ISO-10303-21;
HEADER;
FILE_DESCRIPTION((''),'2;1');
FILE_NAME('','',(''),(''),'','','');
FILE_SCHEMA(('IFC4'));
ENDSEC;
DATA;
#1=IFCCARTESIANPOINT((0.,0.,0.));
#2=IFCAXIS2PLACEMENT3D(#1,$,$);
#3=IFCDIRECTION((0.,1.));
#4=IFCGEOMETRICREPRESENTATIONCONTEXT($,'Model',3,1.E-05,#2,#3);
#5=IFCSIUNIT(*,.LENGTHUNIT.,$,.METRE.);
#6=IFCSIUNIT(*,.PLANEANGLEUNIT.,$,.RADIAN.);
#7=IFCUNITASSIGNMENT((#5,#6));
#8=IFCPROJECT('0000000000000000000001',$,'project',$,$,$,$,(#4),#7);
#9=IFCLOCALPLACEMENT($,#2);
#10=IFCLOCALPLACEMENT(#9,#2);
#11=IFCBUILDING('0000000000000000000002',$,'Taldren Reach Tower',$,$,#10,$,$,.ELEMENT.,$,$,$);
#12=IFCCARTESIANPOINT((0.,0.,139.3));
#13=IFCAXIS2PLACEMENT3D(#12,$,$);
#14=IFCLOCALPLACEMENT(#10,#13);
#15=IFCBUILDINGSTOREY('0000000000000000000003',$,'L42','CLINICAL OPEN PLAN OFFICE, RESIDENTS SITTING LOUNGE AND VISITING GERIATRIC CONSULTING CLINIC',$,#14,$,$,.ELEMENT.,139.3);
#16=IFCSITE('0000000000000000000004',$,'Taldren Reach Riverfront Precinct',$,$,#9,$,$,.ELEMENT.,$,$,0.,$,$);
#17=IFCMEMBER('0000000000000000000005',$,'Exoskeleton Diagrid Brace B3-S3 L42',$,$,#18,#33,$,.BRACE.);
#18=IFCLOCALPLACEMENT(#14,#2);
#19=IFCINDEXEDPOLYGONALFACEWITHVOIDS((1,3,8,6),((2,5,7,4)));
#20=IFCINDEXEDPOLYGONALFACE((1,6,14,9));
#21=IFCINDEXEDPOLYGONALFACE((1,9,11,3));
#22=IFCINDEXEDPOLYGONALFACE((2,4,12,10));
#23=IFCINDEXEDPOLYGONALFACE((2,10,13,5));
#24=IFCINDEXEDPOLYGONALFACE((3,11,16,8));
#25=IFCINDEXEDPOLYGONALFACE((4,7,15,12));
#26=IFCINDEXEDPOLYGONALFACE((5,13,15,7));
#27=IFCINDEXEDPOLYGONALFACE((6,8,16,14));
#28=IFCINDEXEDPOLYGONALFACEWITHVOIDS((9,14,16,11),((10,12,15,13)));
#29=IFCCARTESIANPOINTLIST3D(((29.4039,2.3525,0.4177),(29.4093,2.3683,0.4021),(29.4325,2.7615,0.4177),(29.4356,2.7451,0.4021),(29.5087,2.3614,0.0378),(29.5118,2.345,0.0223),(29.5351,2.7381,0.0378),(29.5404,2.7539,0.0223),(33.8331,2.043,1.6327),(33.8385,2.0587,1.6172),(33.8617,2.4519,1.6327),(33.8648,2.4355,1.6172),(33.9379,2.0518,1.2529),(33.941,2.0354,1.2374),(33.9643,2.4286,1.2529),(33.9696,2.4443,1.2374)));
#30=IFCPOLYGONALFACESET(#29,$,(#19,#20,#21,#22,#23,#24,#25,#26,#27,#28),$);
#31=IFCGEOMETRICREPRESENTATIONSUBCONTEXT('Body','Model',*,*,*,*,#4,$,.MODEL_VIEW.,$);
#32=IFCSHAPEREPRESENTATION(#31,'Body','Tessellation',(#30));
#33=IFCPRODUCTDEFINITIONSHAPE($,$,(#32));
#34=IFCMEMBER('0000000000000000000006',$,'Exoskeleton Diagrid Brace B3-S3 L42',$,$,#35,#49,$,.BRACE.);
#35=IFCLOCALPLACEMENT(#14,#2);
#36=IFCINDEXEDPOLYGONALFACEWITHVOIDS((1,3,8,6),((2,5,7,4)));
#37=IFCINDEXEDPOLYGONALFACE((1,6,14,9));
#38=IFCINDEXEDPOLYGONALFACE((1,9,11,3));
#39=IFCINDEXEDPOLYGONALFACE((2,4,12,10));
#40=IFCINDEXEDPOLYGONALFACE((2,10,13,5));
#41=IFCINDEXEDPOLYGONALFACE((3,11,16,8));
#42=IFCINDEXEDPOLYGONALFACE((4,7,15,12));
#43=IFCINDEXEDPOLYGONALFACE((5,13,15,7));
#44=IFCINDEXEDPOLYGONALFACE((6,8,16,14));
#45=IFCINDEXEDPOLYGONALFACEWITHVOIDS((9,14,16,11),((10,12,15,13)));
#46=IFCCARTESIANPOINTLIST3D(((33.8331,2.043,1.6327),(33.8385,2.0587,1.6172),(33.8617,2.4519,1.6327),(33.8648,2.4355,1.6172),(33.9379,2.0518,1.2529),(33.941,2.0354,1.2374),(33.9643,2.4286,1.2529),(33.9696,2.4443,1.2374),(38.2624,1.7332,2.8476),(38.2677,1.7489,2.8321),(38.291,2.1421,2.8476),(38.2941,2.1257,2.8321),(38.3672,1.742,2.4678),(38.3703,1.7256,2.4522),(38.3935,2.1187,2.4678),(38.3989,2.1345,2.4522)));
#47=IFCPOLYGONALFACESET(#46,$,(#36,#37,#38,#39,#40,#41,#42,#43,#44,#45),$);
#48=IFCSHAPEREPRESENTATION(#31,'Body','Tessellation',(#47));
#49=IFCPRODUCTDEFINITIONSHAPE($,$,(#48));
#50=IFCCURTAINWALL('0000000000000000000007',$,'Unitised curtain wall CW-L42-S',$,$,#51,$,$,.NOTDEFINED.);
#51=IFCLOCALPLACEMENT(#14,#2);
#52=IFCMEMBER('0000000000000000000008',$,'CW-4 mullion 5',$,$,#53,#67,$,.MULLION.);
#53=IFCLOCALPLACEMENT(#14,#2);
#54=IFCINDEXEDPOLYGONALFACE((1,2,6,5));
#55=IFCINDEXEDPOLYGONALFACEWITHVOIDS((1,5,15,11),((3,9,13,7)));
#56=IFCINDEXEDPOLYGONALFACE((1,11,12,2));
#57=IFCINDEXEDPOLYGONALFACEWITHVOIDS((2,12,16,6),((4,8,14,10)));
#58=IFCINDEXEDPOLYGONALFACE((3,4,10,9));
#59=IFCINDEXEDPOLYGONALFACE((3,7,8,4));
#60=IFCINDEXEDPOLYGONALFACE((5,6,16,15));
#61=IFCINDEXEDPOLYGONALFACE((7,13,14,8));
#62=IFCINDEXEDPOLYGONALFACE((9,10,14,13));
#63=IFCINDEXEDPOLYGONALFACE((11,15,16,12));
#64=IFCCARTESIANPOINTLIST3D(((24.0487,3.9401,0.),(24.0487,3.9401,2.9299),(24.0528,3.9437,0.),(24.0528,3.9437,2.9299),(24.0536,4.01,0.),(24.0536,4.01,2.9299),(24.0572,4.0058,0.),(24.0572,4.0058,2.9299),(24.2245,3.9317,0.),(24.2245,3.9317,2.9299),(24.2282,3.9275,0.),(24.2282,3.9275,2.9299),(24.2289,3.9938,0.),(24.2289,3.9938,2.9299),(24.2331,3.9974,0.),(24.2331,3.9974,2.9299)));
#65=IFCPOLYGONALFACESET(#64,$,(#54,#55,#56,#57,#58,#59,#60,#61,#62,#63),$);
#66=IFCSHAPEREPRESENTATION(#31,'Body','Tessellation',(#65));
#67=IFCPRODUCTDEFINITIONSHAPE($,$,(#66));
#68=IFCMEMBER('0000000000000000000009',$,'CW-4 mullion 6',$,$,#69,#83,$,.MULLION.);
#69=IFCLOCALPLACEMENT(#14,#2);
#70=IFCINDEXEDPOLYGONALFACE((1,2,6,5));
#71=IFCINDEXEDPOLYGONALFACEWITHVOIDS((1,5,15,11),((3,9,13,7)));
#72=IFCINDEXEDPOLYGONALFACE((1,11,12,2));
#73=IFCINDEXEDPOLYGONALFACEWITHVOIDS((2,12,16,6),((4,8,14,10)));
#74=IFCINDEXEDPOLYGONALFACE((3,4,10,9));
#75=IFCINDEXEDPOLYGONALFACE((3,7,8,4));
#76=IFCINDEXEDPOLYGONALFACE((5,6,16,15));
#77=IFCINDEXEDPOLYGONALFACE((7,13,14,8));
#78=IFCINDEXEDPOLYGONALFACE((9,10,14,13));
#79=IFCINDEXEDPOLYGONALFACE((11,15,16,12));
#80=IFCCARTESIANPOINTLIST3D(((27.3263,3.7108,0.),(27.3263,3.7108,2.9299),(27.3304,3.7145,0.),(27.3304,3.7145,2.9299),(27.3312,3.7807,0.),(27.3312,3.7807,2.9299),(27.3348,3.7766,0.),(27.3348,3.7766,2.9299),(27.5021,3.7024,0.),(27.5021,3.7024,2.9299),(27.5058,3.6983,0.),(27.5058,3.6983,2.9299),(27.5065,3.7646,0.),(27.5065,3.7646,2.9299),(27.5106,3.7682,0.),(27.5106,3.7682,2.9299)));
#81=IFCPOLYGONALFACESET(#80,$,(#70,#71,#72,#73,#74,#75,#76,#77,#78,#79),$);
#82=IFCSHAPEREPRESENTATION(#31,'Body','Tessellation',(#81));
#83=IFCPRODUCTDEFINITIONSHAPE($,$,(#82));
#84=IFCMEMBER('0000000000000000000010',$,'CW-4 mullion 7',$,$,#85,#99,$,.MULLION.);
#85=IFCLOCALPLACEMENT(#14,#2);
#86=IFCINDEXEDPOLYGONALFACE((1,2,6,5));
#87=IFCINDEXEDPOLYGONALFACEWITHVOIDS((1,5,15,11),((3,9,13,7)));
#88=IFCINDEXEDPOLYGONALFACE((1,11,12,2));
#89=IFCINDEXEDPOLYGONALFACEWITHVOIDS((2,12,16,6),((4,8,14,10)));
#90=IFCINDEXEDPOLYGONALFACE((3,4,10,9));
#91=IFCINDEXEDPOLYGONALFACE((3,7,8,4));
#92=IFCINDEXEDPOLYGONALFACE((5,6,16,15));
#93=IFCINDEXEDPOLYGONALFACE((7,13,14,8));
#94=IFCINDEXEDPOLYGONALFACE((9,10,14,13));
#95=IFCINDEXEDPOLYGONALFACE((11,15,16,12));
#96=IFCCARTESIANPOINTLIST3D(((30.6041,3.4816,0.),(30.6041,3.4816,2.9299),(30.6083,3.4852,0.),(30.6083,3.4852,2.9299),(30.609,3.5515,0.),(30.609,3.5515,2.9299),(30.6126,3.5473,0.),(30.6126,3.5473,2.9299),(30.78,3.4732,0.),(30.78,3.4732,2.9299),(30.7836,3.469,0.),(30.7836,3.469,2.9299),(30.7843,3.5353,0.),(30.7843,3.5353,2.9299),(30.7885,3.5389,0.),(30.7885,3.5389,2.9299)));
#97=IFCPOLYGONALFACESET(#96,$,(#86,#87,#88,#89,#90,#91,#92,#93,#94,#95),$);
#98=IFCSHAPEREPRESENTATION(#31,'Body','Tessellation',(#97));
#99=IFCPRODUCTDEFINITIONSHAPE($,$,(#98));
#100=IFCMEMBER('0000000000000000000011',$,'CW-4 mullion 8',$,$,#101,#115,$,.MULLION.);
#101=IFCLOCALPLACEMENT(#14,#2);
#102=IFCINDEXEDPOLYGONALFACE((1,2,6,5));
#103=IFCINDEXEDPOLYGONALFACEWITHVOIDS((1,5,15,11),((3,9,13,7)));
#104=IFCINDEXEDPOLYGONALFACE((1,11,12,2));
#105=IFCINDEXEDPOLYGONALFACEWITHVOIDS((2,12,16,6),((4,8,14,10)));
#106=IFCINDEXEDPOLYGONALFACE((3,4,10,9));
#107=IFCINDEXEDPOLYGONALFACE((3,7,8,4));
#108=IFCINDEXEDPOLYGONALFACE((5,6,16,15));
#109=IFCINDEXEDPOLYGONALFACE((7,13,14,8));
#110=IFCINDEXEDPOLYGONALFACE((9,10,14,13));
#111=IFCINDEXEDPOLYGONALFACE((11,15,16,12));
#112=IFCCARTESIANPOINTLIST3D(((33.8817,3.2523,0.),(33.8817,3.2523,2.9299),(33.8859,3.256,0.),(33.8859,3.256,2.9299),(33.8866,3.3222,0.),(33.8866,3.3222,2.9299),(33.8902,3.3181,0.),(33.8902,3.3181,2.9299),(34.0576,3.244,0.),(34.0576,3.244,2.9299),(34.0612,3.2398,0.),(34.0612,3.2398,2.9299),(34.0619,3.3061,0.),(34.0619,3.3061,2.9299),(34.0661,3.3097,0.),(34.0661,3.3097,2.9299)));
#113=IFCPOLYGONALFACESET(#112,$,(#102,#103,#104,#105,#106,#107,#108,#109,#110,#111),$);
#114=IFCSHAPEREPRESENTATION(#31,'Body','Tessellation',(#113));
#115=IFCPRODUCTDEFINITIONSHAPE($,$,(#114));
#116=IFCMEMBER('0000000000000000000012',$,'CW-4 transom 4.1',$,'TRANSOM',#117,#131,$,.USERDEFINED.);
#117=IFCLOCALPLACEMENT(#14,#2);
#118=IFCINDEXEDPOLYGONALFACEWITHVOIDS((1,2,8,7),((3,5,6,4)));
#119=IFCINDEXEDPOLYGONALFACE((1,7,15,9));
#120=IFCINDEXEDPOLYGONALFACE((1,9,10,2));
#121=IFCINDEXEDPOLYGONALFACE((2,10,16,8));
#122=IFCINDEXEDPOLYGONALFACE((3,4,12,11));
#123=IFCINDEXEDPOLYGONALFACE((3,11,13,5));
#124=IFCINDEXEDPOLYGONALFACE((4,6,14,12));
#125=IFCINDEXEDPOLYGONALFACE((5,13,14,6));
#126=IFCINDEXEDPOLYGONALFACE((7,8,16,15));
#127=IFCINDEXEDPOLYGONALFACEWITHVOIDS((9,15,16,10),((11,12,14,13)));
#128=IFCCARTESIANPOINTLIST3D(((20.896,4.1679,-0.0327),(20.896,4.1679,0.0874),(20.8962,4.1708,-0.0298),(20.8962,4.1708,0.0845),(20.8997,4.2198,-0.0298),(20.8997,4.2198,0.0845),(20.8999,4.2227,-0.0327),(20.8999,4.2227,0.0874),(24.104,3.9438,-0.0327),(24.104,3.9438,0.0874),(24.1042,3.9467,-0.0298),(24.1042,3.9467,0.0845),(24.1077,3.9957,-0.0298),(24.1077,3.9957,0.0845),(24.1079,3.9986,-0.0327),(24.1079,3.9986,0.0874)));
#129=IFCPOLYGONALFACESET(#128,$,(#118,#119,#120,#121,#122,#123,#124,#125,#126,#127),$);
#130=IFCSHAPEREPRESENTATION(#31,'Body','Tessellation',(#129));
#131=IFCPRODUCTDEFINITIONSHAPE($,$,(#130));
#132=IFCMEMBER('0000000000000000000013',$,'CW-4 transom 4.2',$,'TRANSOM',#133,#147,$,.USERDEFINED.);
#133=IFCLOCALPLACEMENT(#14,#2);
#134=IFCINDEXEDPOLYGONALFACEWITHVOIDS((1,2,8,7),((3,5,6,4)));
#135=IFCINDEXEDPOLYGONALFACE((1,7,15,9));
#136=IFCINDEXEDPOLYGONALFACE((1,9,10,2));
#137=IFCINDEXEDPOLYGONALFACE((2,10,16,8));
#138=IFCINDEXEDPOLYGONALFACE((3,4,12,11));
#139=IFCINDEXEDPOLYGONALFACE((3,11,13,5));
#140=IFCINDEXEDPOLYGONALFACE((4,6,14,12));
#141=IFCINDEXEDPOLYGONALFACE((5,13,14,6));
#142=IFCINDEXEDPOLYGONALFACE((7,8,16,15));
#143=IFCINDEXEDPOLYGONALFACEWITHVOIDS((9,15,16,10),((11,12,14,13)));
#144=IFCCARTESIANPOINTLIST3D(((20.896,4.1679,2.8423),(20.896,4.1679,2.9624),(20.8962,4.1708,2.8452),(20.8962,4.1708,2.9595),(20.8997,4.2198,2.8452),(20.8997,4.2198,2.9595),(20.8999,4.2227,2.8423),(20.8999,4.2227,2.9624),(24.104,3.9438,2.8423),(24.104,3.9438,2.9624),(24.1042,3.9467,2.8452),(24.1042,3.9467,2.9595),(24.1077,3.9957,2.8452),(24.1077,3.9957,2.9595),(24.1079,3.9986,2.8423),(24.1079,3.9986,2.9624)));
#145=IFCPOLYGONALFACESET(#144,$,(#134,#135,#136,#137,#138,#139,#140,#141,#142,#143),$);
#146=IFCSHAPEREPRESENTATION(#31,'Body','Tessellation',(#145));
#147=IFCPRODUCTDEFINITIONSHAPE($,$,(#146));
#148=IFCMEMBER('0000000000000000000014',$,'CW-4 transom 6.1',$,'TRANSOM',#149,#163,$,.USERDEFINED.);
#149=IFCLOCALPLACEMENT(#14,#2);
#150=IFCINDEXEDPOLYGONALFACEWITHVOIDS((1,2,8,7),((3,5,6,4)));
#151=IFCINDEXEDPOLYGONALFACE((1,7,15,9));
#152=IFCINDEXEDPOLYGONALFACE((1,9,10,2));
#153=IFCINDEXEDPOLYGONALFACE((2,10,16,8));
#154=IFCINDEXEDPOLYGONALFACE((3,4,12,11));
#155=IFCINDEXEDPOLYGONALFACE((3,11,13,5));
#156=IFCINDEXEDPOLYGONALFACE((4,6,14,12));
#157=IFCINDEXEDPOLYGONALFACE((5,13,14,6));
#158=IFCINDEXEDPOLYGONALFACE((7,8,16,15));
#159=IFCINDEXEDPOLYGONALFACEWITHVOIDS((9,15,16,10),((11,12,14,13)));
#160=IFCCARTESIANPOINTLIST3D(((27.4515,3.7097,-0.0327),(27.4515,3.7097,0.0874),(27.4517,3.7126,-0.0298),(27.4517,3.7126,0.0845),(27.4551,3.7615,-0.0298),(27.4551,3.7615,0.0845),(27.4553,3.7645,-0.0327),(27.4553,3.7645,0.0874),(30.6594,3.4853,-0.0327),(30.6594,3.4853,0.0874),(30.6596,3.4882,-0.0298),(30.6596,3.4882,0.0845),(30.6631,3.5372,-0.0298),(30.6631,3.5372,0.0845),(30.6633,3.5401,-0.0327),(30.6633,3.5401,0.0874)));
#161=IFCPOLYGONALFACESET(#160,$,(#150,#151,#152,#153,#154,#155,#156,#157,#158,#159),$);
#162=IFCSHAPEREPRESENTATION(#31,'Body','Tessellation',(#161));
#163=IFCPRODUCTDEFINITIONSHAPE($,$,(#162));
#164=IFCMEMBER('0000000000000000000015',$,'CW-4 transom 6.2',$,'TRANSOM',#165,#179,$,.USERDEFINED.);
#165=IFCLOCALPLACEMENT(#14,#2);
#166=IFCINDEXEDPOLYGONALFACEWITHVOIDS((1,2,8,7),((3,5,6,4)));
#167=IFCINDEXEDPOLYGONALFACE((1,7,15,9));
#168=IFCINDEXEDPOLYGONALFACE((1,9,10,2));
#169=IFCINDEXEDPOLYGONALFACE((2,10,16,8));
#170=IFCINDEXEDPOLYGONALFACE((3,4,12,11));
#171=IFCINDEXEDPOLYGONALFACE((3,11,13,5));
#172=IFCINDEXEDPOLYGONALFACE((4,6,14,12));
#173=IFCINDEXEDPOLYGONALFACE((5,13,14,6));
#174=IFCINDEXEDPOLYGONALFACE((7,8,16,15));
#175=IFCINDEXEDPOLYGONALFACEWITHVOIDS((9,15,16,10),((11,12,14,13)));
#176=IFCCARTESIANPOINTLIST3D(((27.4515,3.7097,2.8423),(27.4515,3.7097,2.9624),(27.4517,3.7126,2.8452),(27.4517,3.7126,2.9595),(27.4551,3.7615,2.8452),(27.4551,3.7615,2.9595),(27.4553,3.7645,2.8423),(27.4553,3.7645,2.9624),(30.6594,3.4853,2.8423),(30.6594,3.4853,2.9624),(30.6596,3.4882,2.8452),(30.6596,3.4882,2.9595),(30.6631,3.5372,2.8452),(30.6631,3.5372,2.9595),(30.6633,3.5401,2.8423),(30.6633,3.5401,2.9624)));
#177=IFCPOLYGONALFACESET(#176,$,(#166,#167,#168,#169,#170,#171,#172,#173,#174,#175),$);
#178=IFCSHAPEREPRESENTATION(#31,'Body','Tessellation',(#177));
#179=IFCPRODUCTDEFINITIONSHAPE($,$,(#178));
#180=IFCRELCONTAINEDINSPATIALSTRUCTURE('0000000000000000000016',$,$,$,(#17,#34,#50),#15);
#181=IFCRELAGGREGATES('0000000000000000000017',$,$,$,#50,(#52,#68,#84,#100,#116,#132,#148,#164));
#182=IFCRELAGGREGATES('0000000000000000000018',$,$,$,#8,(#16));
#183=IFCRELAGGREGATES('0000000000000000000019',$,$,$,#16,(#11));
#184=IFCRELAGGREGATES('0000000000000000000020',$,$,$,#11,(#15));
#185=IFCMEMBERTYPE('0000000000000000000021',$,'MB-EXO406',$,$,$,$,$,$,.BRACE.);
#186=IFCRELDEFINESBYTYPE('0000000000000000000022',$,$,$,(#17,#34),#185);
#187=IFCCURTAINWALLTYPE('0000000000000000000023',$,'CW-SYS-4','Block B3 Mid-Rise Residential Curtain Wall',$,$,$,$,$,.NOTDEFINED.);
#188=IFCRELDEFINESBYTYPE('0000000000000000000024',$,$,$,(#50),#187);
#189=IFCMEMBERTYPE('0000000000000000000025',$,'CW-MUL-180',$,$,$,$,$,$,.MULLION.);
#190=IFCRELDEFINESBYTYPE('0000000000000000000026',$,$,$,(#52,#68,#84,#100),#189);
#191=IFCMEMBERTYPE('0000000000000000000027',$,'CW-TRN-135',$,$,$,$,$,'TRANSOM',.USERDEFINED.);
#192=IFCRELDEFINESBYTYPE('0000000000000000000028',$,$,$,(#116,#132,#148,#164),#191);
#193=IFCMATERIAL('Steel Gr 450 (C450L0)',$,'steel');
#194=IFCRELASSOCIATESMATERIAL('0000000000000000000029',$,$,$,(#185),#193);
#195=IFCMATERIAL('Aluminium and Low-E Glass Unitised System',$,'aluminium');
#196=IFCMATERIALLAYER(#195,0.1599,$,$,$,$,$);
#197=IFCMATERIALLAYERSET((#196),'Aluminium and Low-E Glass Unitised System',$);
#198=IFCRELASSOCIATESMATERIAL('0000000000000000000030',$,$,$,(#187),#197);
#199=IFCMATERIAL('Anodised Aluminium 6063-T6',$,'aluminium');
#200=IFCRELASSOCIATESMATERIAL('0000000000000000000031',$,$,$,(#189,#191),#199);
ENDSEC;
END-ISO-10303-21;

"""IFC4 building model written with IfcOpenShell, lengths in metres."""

from ifc_helpers import new_model, si_unit, direction, frame, origin, origin_2d, place, context, subcontext, project, spatial, hollow_rectangle, extrude, source, transform, mapped, material, layer, layer_set, material_profile, profile_set, type_object, element, aggregate, save


model = new_model("IFC4")

# Units and contexts
model_context = context("Model", 3, precision=1e-05, world=origin(), true_north=direction((0.0, 1.0)))
body_context = subcontext(model_context, "Body", "Model", "MODEL_VIEW")
ifc_project = project(units=[si_unit("LENGTHUNIT", "METRE"), si_unit("PLANEANGLEUNIT", "RADIAN")], contexts=[model_context])

# Site, building, storey
site_placement = place(None, origin())
site = spatial("IfcSite", under=ifc_project, at=site_placement, Name="Taldren Reach Riverfront Precinct", CompositionType="ELEMENT", RefElevation=0.0)
building_placement = place(site_placement, origin())
building = spatial("IfcBuilding", under=site, at=building_placement, Name="Taldren Reach Tower", CompositionType="ELEMENT")
storey_placement = place(building_placement, frame((0.0, 0.0, 139.3)))
storey = spatial("IfcBuildingStorey", under=building, at=storey_placement, Name="L42", Description="CLINICAL OPEN PLAN OFFICE, RESIDENTS SITTING LOUNGE AND VISITING GERIATRIC CONSULTING CLINIC", CompositionType="ELEMENT", Elevation=139.3)

# Shared definitions
ifc_material_1 = material(Name="Steel Gr 450 (C450L0)", Category="steel")

# Members
ifc_material_profile_1 = material_profile(ifc_material_1, hollow_rectangle(XDim=0.4099, YDim=0.4099, WallThickness=0.0161, at=origin_2d()), Name="410x410x16.0SHS")
ifc_profile_set_1 = profile_set([ifc_material_profile_1], Name="Steel Gr 450 (C450L0)")
member_type_1 = type_object("IfcMemberType", Name="MB-EXO406", PredefinedType="BRACE", material=ifc_profile_set_1)
shared_shape_1 = source(origin(), body_context, "Body", "SweptSolid", [
    extrude(hollow_rectangle(XDim=0.4099, YDim=0.4099, WallThickness=0.0161, at=origin_2d()), origin(), (0.0, 0.0, 1.0), 4.6033),
])
for number, where, z_axis, x_axis, name in (
    (1, (29.4722, 2.5532, 0.22), (0.962186, -0.06725, 0.263962), (0.069723, 0.997566, 0.0), "Exoskeleton Diagrid Brace B3-S3 L42"),
    (2, (33.9014, 2.2437, 1.4351), (0.962196, -0.067304, 0.263912), (0.069778, 0.997563, 0.0), "Exoskeleton Diagrid Brace B3-S3 L42"),
):
    element("IfcMember", number, at=place(storey_placement, frame(where, z_axis=z_axis, x_axis=x_axis)), inside=storey, type_object=member_type_1, Name=name, PredefinedType="BRACE", context=body_context, shape_type="MappedRepresentation", body=[
        mapped(shared_shape_1, transform((0.0, 0.0, 0.0), scale=1.0)),
    ])

# Curtain wall, members
ifc_material_2 = material(Name="Aluminium and Low-E Glass Unitised System", Category="aluminium")
ifc_layer_1 = layer(ifc_material_2, 0.1599)
ifc_layer_set_1 = layer_set([ifc_layer_1], Name="Aluminium and Low-E Glass Unitised System")
curtain_wall_type = type_object("IfcCurtainWallType", Name="CW-SYS-4", Description="Block B3 Mid-Rise Residential Curtain Wall", PredefinedType="NOTDEFINED", material=ifc_layer_set_1)
curtain_wall_placement = place(storey_placement, origin())
curtain_wall = element("IfcCurtainWall", 3, at=curtain_wall_placement, inside=storey, type_object=curtain_wall_type, Name="Unitised curtain wall CW-L42-S", PredefinedType="NOTDEFINED")
ifc_material_3 = material(Name="Anodised Aluminium 6063-T6", Category="aluminium")
ifc_material_profile_2 = material_profile(ifc_material_3, hollow_rectangle(XDim=0.0701, YDim=0.1799, WallThickness=0.0039, at=origin_2d()), Name="ALU-180x70x4RHS")
ifc_profile_set_2 = profile_set([ifc_material_profile_2], Name="Anodised Aluminium 6063-T6")
member_type_2 = type_object("IfcMemberType", Name="CW-MUL-180", PredefinedType="MULLION", material=ifc_profile_set_2)
shared_shape_2 = source(origin(), body_context, "Body", "SweptSolid", [
    extrude(hollow_rectangle(XDim=0.0701, YDim=0.1799, WallThickness=0.0039, at=origin_2d()), origin(), (0.0, 0.0, 1.0), 2.9299),
])
member_1_placement = place(storey_placement, frame((24.1409, 3.9688, 0.0), z_axis=(0.0, 0.0, 1.0), x_axis=(0.069757, 0.997564, 0.0)))
member_1 = element("IfcMember", 4, at=member_1_placement, type_object=member_type_2, Name="CW-4 mullion 5", PredefinedType="MULLION", context=body_context, shape_type="MappedRepresentation", body=[
    mapped(shared_shape_2, transform((0.0, 0.0, 0.0), scale=1.0)),
])
member_2_placement = place(storey_placement, frame((27.4185, 3.7395, 0.0), z_axis=(0.0, 0.0, 1.0), x_axis=(0.069757, 0.997564, 0.0)))
member_2 = element("IfcMember", 5, at=member_2_placement, type_object=member_type_2, Name="CW-4 mullion 6", PredefinedType="MULLION", context=body_context, shape_type="MappedRepresentation", body=[
    mapped(shared_shape_2, transform((0.0, 0.0, 0.0), scale=1.0)),
])
member_3_placement = place(storey_placement, frame((30.6963, 3.5103, 0.0), z_axis=(0.0, 0.0, 1.0), x_axis=(0.069757, 0.997564, 0.0)))
member_3 = element("IfcMember", 6, at=member_3_placement, type_object=member_type_2, Name="CW-4 mullion 7", PredefinedType="MULLION", context=body_context, shape_type="MappedRepresentation", body=[
    mapped(shared_shape_2, transform((0.0, 0.0, 0.0), scale=1.0)),
])
member_4_placement = place(storey_placement, frame((33.9739, 3.281, 0.0), z_axis=(0.0, 0.0, 1.0), x_axis=(0.069757, 0.997564, 0.0)))
member_4 = element("IfcMember", 7, at=member_4_placement, type_object=member_type_2, Name="CW-4 mullion 8", PredefinedType="MULLION", context=body_context, shape_type="MappedRepresentation", body=[
    mapped(shared_shape_2, transform((0.0, 0.0, 0.0), scale=1.0)),
])
ifc_material_profile_3 = material_profile(ifc_material_3, hollow_rectangle(XDim=0.0549, YDim=0.1201, WallThickness=0.0029, at=origin_2d()), Name="ALU-120x55x3RHS")
ifc_profile_set_3 = profile_set([ifc_material_profile_3], Name="Anodised Aluminium 6063-T6")
member_type_3 = type_object("IfcMemberType", Name="CW-TRN-135", ElementType="TRANSOM", PredefinedType="USERDEFINED", material=ifc_profile_set_3)
shared_shape_3 = source(origin(), body_context, "Body", "SweptSolid", [
    extrude(hollow_rectangle(XDim=0.0549, YDim=0.1201, WallThickness=0.0029, at=origin_2d()), origin(), (0.0, 0.0, 1.0), 3.2158),
])
member_5_placement = place(storey_placement, frame((20.8979, 4.1953, 0.0273), z_axis=(0.997568, -0.069693, 0.0), x_axis=(0.069693, 0.997568, 0.0)))
member_5 = element("IfcMember", 8, at=member_5_placement, type_object=member_type_3, Name="CW-4 transom 4.1", ObjectType="TRANSOM", PredefinedType="USERDEFINED", context=body_context, shape_type="MappedRepresentation", body=[
    mapped(shared_shape_3, transform((0.0, 0.0, 0.0), scale=1.0)),
])
member_6_placement = place(storey_placement, frame((20.8979, 4.1953, 2.9023), z_axis=(0.997568, -0.069693, 0.0), x_axis=(0.069693, 0.997568, 0.0)))
member_6 = element("IfcMember", 9, at=member_6_placement, type_object=member_type_3, Name="CW-4 transom 4.2", ObjectType="TRANSOM", PredefinedType="USERDEFINED", context=body_context, shape_type="MappedRepresentation", body=[
    mapped(shared_shape_3, transform((0.0, 0.0, 0.0), scale=1.0)),
])
member_7_placement = place(storey_placement, frame((27.4534, 3.7371, 0.0273), z_axis=(0.997563, -0.069769, 0.0), x_axis=(0.069769, 0.997563, 0.0)))
member_7 = element("IfcMember", 10, at=member_7_placement, type_object=member_type_3, Name="CW-4 transom 6.1", ObjectType="TRANSOM", PredefinedType="USERDEFINED", context=body_context, shape_type="MappedRepresentation", body=[
    mapped(shared_shape_3, transform((0.0, 0.0, 0.0), scale=1.0)),
])
member_8_placement = place(storey_placement, frame((27.4534, 3.7371, 2.9023), z_axis=(0.997563, -0.069769, 0.0), x_axis=(0.069769, 0.997563, 0.0)))
member_8 = element("IfcMember", 11, at=member_8_placement, type_object=member_type_3, Name="CW-4 transom 6.2", ObjectType="TRANSOM", PredefinedType="USERDEFINED", context=body_context, shape_type="MappedRepresentation", body=[
    mapped(shared_shape_3, transform((0.0, 0.0, 0.0), scale=1.0)),
])

aggregate(curtain_wall, [member_1, member_2, member_3, member_4, member_5, member_6, member_7, member_8])

save(model, "model.ifc")
